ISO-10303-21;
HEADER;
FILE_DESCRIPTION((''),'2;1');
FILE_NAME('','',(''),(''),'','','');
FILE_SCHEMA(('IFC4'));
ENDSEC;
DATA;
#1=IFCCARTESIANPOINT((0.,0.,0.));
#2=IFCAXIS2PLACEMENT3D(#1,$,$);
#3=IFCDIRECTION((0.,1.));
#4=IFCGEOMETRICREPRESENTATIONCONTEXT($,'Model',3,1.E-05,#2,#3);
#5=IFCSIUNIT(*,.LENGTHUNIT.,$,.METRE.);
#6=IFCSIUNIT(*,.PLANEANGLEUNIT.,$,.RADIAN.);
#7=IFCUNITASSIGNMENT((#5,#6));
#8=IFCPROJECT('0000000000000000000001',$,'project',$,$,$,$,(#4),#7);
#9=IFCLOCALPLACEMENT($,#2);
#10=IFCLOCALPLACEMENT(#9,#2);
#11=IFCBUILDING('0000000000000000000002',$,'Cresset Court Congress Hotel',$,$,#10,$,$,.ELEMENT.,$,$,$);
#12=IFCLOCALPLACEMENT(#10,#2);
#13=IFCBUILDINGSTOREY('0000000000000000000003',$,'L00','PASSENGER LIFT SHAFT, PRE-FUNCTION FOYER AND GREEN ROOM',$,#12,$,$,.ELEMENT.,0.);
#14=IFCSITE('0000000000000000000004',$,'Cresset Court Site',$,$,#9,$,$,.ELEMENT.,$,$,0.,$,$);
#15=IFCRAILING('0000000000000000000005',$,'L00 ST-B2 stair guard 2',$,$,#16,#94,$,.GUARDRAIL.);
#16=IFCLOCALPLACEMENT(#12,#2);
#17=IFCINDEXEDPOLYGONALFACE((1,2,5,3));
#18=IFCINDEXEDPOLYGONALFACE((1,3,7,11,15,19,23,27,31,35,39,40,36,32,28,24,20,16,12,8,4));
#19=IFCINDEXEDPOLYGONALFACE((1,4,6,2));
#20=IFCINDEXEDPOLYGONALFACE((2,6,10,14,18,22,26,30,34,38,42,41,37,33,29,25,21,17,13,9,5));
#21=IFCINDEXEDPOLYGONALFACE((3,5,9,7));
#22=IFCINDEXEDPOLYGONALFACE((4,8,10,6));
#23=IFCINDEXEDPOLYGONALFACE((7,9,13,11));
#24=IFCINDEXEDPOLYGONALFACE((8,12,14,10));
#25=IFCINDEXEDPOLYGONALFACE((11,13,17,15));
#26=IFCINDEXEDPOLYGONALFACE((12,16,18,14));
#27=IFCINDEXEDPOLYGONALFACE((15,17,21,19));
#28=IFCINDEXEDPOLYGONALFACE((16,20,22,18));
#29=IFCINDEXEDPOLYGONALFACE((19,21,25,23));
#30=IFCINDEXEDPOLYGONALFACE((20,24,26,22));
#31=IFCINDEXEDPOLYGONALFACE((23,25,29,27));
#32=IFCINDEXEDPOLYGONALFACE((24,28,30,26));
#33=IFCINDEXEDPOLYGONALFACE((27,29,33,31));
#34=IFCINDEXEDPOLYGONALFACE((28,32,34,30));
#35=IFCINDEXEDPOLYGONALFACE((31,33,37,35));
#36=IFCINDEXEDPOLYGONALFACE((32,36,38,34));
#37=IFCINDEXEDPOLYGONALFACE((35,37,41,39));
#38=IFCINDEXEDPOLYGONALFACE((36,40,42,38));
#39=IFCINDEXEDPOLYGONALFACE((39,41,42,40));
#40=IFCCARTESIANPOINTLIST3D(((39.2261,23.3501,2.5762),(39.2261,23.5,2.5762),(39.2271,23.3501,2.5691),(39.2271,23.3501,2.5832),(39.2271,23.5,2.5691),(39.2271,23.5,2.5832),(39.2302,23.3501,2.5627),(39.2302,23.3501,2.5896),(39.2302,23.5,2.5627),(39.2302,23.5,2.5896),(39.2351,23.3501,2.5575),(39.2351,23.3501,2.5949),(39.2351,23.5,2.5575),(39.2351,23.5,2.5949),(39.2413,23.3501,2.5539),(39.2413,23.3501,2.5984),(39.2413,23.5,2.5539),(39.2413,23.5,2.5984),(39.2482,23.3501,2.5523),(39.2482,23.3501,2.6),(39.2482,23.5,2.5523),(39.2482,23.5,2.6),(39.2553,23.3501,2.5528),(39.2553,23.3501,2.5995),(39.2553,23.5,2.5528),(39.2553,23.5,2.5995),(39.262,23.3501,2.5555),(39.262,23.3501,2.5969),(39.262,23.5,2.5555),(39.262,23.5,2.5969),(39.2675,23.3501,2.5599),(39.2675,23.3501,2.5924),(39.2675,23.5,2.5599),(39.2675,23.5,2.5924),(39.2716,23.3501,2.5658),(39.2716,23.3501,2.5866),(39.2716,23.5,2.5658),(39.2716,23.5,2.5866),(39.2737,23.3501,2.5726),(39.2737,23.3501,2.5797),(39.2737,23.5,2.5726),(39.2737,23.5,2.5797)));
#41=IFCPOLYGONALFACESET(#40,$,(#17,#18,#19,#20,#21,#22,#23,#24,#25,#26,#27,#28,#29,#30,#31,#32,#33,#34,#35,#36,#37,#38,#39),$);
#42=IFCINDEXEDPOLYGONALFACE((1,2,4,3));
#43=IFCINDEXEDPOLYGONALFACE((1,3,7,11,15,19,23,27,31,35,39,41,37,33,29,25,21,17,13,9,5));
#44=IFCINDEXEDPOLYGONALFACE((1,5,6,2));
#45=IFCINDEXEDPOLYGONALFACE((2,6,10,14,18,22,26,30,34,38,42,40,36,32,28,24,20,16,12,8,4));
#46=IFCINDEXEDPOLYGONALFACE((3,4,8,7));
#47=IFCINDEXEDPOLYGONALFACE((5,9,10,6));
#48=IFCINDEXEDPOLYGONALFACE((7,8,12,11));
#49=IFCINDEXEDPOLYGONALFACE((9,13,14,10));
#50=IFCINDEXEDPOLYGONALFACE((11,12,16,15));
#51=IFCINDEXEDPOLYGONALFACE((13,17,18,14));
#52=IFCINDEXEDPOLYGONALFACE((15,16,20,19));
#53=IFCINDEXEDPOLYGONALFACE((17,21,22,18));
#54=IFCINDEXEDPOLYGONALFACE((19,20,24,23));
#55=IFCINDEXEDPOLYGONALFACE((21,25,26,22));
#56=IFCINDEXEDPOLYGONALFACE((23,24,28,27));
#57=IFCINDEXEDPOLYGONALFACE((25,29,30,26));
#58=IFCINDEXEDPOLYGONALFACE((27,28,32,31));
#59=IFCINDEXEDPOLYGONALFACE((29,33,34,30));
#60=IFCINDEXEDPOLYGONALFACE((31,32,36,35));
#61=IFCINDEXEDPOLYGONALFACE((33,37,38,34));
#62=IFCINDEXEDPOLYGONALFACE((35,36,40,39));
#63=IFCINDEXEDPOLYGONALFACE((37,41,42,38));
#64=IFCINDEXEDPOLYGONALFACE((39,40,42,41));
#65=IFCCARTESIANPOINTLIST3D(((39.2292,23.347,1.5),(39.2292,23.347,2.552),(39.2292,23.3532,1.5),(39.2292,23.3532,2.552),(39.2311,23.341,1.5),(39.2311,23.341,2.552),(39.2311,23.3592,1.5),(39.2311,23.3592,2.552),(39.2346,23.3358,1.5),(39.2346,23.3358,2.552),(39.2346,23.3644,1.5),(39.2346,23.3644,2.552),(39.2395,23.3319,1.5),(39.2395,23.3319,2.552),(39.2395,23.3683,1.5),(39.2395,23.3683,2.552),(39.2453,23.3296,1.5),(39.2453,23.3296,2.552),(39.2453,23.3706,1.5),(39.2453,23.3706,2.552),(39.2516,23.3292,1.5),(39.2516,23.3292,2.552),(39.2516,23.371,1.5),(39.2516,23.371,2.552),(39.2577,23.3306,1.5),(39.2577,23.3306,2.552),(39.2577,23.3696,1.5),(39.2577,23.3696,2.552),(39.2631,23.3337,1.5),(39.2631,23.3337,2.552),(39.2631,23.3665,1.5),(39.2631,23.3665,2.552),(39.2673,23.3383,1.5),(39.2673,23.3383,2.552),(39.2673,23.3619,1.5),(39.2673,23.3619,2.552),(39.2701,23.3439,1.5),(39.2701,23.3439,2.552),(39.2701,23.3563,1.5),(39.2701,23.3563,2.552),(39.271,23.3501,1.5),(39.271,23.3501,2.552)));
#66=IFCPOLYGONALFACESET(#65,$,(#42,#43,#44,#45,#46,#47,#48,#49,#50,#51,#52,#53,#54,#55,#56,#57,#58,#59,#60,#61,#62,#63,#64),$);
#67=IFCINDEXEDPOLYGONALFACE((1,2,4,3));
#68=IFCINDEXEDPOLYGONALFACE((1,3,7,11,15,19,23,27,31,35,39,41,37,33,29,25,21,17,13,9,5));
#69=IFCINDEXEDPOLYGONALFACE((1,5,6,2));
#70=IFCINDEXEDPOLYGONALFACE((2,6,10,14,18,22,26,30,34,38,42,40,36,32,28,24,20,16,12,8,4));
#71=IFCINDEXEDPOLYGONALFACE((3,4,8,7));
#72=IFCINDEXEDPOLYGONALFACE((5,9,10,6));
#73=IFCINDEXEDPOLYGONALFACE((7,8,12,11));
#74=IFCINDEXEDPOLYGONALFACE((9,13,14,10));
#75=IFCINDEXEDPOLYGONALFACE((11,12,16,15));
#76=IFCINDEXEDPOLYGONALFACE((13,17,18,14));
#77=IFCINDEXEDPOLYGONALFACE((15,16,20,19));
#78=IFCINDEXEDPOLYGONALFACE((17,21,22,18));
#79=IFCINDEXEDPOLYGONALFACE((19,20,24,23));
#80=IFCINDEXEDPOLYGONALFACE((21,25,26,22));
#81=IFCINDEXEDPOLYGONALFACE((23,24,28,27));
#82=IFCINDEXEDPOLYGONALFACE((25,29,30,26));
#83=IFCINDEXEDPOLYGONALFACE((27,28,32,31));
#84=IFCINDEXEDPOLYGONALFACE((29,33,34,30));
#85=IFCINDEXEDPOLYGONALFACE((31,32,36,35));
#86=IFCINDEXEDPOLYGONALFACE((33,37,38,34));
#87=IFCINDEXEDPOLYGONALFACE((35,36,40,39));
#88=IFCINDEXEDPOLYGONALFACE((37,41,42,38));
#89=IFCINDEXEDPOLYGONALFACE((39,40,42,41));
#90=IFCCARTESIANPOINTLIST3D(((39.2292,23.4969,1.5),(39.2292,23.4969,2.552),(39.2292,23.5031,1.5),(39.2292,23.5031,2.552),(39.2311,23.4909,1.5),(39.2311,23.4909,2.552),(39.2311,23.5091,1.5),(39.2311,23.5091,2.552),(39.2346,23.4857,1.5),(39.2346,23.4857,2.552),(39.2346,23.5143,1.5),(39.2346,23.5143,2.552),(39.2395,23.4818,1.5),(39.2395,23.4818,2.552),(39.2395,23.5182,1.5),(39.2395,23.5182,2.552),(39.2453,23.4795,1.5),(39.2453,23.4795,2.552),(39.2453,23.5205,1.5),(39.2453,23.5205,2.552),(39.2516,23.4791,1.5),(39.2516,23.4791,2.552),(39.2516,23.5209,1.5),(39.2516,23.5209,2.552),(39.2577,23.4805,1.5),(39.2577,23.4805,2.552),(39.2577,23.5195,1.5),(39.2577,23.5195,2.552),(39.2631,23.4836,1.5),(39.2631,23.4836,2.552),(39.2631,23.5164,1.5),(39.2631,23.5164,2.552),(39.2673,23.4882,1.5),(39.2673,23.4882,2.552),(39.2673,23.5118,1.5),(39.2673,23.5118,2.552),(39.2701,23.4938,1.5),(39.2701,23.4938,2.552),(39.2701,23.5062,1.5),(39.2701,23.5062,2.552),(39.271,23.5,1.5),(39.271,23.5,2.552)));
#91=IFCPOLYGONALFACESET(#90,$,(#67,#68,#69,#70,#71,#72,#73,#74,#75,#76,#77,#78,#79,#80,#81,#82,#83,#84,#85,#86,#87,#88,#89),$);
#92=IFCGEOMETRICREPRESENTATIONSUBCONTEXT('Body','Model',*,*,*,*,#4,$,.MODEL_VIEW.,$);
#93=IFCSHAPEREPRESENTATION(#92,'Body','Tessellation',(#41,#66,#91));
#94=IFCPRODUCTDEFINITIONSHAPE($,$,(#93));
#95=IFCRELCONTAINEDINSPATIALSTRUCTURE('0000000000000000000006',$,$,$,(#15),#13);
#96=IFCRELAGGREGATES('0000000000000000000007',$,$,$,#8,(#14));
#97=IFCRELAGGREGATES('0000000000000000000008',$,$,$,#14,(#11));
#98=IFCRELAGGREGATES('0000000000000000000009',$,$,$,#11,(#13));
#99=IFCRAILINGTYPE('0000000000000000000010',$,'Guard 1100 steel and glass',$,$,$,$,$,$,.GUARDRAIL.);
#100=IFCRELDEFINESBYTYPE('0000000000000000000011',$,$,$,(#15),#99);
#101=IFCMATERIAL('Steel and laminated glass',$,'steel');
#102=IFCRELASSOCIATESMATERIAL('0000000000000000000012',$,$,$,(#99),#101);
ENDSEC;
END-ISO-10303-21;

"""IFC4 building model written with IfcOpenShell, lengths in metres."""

from ifc_helpers import new_model, si_unit, direction, frame, origin, origin_2d, place, context, subcontext, project, spatial, circle, extrude, material, type_object, element, save


model = new_model("IFC4")

# Units and contexts
model_context = context("Model", 3, precision=1e-05, world=origin(), true_north=direction((0.0, 1.0)))
body_context = subcontext(model_context, "Body", "Model", "MODEL_VIEW")
ifc_project = project(units=[si_unit("LENGTHUNIT", "METRE"), si_unit("PLANEANGLEUNIT", "RADIAN")], contexts=[model_context])

# Site, building, storey
site_placement = place(None, origin())
site = spatial("IfcSite", under=ifc_project, at=site_placement, Name="Cresset Court Site", CompositionType="ELEMENT", RefElevation=0.0)
building_placement = place(site_placement, origin())
building = spatial("IfcBuilding", under=site, at=building_placement, Name="Cresset Court Congress Hotel", CompositionType="ELEMENT")
storey_placement = place(building_placement, origin())
storey = spatial("IfcBuildingStorey", under=building, at=storey_placement, Name="L00", Description="PASSENGER LIFT SHAFT, PRE-FUNCTION FOYER AND GREEN ROOM", CompositionType="ELEMENT", Elevation=0.0)

# Railing
ifc_material_1 = material(Name="Steel and laminated glass", Category="steel")
railing_type_1 = type_object("IfcRailingType", Name="Guard 1100 steel and glass", PredefinedType="GUARDRAIL", material=ifc_material_1)
railing_1_placement = place(storey_placement, frame((39.25, 23.3501, 1.5)))
element("IfcRailing", 1, at=railing_1_placement, inside=storey, type_object=railing_type_1, Name="L00 ST-B2 stair guard 2", PredefinedType="GUARDRAIL", context=body_context, shape_type="SweptSolid", body=[
    extrude(circle(Radius=0.0239, at=origin_2d()), frame((0.0, 0.0, 1.0762), z_axis=(0.0, 1.0, 0.0), x_axis=(-1.0, 0.0, 0.0)), (0.0, 0.0, 1.0), 0.1499),
    extrude(circle(Radius=0.021, at=origin_2d()), origin(), (0.0, 0.0, 1.0), 1.052),
    extrude(circle(Radius=0.021, at=origin_2d()), frame((0.0, 0.1499, 0.0)), (0.0, 0.0, 1.0), 1.052),
])

save(model, "model.ifc")
